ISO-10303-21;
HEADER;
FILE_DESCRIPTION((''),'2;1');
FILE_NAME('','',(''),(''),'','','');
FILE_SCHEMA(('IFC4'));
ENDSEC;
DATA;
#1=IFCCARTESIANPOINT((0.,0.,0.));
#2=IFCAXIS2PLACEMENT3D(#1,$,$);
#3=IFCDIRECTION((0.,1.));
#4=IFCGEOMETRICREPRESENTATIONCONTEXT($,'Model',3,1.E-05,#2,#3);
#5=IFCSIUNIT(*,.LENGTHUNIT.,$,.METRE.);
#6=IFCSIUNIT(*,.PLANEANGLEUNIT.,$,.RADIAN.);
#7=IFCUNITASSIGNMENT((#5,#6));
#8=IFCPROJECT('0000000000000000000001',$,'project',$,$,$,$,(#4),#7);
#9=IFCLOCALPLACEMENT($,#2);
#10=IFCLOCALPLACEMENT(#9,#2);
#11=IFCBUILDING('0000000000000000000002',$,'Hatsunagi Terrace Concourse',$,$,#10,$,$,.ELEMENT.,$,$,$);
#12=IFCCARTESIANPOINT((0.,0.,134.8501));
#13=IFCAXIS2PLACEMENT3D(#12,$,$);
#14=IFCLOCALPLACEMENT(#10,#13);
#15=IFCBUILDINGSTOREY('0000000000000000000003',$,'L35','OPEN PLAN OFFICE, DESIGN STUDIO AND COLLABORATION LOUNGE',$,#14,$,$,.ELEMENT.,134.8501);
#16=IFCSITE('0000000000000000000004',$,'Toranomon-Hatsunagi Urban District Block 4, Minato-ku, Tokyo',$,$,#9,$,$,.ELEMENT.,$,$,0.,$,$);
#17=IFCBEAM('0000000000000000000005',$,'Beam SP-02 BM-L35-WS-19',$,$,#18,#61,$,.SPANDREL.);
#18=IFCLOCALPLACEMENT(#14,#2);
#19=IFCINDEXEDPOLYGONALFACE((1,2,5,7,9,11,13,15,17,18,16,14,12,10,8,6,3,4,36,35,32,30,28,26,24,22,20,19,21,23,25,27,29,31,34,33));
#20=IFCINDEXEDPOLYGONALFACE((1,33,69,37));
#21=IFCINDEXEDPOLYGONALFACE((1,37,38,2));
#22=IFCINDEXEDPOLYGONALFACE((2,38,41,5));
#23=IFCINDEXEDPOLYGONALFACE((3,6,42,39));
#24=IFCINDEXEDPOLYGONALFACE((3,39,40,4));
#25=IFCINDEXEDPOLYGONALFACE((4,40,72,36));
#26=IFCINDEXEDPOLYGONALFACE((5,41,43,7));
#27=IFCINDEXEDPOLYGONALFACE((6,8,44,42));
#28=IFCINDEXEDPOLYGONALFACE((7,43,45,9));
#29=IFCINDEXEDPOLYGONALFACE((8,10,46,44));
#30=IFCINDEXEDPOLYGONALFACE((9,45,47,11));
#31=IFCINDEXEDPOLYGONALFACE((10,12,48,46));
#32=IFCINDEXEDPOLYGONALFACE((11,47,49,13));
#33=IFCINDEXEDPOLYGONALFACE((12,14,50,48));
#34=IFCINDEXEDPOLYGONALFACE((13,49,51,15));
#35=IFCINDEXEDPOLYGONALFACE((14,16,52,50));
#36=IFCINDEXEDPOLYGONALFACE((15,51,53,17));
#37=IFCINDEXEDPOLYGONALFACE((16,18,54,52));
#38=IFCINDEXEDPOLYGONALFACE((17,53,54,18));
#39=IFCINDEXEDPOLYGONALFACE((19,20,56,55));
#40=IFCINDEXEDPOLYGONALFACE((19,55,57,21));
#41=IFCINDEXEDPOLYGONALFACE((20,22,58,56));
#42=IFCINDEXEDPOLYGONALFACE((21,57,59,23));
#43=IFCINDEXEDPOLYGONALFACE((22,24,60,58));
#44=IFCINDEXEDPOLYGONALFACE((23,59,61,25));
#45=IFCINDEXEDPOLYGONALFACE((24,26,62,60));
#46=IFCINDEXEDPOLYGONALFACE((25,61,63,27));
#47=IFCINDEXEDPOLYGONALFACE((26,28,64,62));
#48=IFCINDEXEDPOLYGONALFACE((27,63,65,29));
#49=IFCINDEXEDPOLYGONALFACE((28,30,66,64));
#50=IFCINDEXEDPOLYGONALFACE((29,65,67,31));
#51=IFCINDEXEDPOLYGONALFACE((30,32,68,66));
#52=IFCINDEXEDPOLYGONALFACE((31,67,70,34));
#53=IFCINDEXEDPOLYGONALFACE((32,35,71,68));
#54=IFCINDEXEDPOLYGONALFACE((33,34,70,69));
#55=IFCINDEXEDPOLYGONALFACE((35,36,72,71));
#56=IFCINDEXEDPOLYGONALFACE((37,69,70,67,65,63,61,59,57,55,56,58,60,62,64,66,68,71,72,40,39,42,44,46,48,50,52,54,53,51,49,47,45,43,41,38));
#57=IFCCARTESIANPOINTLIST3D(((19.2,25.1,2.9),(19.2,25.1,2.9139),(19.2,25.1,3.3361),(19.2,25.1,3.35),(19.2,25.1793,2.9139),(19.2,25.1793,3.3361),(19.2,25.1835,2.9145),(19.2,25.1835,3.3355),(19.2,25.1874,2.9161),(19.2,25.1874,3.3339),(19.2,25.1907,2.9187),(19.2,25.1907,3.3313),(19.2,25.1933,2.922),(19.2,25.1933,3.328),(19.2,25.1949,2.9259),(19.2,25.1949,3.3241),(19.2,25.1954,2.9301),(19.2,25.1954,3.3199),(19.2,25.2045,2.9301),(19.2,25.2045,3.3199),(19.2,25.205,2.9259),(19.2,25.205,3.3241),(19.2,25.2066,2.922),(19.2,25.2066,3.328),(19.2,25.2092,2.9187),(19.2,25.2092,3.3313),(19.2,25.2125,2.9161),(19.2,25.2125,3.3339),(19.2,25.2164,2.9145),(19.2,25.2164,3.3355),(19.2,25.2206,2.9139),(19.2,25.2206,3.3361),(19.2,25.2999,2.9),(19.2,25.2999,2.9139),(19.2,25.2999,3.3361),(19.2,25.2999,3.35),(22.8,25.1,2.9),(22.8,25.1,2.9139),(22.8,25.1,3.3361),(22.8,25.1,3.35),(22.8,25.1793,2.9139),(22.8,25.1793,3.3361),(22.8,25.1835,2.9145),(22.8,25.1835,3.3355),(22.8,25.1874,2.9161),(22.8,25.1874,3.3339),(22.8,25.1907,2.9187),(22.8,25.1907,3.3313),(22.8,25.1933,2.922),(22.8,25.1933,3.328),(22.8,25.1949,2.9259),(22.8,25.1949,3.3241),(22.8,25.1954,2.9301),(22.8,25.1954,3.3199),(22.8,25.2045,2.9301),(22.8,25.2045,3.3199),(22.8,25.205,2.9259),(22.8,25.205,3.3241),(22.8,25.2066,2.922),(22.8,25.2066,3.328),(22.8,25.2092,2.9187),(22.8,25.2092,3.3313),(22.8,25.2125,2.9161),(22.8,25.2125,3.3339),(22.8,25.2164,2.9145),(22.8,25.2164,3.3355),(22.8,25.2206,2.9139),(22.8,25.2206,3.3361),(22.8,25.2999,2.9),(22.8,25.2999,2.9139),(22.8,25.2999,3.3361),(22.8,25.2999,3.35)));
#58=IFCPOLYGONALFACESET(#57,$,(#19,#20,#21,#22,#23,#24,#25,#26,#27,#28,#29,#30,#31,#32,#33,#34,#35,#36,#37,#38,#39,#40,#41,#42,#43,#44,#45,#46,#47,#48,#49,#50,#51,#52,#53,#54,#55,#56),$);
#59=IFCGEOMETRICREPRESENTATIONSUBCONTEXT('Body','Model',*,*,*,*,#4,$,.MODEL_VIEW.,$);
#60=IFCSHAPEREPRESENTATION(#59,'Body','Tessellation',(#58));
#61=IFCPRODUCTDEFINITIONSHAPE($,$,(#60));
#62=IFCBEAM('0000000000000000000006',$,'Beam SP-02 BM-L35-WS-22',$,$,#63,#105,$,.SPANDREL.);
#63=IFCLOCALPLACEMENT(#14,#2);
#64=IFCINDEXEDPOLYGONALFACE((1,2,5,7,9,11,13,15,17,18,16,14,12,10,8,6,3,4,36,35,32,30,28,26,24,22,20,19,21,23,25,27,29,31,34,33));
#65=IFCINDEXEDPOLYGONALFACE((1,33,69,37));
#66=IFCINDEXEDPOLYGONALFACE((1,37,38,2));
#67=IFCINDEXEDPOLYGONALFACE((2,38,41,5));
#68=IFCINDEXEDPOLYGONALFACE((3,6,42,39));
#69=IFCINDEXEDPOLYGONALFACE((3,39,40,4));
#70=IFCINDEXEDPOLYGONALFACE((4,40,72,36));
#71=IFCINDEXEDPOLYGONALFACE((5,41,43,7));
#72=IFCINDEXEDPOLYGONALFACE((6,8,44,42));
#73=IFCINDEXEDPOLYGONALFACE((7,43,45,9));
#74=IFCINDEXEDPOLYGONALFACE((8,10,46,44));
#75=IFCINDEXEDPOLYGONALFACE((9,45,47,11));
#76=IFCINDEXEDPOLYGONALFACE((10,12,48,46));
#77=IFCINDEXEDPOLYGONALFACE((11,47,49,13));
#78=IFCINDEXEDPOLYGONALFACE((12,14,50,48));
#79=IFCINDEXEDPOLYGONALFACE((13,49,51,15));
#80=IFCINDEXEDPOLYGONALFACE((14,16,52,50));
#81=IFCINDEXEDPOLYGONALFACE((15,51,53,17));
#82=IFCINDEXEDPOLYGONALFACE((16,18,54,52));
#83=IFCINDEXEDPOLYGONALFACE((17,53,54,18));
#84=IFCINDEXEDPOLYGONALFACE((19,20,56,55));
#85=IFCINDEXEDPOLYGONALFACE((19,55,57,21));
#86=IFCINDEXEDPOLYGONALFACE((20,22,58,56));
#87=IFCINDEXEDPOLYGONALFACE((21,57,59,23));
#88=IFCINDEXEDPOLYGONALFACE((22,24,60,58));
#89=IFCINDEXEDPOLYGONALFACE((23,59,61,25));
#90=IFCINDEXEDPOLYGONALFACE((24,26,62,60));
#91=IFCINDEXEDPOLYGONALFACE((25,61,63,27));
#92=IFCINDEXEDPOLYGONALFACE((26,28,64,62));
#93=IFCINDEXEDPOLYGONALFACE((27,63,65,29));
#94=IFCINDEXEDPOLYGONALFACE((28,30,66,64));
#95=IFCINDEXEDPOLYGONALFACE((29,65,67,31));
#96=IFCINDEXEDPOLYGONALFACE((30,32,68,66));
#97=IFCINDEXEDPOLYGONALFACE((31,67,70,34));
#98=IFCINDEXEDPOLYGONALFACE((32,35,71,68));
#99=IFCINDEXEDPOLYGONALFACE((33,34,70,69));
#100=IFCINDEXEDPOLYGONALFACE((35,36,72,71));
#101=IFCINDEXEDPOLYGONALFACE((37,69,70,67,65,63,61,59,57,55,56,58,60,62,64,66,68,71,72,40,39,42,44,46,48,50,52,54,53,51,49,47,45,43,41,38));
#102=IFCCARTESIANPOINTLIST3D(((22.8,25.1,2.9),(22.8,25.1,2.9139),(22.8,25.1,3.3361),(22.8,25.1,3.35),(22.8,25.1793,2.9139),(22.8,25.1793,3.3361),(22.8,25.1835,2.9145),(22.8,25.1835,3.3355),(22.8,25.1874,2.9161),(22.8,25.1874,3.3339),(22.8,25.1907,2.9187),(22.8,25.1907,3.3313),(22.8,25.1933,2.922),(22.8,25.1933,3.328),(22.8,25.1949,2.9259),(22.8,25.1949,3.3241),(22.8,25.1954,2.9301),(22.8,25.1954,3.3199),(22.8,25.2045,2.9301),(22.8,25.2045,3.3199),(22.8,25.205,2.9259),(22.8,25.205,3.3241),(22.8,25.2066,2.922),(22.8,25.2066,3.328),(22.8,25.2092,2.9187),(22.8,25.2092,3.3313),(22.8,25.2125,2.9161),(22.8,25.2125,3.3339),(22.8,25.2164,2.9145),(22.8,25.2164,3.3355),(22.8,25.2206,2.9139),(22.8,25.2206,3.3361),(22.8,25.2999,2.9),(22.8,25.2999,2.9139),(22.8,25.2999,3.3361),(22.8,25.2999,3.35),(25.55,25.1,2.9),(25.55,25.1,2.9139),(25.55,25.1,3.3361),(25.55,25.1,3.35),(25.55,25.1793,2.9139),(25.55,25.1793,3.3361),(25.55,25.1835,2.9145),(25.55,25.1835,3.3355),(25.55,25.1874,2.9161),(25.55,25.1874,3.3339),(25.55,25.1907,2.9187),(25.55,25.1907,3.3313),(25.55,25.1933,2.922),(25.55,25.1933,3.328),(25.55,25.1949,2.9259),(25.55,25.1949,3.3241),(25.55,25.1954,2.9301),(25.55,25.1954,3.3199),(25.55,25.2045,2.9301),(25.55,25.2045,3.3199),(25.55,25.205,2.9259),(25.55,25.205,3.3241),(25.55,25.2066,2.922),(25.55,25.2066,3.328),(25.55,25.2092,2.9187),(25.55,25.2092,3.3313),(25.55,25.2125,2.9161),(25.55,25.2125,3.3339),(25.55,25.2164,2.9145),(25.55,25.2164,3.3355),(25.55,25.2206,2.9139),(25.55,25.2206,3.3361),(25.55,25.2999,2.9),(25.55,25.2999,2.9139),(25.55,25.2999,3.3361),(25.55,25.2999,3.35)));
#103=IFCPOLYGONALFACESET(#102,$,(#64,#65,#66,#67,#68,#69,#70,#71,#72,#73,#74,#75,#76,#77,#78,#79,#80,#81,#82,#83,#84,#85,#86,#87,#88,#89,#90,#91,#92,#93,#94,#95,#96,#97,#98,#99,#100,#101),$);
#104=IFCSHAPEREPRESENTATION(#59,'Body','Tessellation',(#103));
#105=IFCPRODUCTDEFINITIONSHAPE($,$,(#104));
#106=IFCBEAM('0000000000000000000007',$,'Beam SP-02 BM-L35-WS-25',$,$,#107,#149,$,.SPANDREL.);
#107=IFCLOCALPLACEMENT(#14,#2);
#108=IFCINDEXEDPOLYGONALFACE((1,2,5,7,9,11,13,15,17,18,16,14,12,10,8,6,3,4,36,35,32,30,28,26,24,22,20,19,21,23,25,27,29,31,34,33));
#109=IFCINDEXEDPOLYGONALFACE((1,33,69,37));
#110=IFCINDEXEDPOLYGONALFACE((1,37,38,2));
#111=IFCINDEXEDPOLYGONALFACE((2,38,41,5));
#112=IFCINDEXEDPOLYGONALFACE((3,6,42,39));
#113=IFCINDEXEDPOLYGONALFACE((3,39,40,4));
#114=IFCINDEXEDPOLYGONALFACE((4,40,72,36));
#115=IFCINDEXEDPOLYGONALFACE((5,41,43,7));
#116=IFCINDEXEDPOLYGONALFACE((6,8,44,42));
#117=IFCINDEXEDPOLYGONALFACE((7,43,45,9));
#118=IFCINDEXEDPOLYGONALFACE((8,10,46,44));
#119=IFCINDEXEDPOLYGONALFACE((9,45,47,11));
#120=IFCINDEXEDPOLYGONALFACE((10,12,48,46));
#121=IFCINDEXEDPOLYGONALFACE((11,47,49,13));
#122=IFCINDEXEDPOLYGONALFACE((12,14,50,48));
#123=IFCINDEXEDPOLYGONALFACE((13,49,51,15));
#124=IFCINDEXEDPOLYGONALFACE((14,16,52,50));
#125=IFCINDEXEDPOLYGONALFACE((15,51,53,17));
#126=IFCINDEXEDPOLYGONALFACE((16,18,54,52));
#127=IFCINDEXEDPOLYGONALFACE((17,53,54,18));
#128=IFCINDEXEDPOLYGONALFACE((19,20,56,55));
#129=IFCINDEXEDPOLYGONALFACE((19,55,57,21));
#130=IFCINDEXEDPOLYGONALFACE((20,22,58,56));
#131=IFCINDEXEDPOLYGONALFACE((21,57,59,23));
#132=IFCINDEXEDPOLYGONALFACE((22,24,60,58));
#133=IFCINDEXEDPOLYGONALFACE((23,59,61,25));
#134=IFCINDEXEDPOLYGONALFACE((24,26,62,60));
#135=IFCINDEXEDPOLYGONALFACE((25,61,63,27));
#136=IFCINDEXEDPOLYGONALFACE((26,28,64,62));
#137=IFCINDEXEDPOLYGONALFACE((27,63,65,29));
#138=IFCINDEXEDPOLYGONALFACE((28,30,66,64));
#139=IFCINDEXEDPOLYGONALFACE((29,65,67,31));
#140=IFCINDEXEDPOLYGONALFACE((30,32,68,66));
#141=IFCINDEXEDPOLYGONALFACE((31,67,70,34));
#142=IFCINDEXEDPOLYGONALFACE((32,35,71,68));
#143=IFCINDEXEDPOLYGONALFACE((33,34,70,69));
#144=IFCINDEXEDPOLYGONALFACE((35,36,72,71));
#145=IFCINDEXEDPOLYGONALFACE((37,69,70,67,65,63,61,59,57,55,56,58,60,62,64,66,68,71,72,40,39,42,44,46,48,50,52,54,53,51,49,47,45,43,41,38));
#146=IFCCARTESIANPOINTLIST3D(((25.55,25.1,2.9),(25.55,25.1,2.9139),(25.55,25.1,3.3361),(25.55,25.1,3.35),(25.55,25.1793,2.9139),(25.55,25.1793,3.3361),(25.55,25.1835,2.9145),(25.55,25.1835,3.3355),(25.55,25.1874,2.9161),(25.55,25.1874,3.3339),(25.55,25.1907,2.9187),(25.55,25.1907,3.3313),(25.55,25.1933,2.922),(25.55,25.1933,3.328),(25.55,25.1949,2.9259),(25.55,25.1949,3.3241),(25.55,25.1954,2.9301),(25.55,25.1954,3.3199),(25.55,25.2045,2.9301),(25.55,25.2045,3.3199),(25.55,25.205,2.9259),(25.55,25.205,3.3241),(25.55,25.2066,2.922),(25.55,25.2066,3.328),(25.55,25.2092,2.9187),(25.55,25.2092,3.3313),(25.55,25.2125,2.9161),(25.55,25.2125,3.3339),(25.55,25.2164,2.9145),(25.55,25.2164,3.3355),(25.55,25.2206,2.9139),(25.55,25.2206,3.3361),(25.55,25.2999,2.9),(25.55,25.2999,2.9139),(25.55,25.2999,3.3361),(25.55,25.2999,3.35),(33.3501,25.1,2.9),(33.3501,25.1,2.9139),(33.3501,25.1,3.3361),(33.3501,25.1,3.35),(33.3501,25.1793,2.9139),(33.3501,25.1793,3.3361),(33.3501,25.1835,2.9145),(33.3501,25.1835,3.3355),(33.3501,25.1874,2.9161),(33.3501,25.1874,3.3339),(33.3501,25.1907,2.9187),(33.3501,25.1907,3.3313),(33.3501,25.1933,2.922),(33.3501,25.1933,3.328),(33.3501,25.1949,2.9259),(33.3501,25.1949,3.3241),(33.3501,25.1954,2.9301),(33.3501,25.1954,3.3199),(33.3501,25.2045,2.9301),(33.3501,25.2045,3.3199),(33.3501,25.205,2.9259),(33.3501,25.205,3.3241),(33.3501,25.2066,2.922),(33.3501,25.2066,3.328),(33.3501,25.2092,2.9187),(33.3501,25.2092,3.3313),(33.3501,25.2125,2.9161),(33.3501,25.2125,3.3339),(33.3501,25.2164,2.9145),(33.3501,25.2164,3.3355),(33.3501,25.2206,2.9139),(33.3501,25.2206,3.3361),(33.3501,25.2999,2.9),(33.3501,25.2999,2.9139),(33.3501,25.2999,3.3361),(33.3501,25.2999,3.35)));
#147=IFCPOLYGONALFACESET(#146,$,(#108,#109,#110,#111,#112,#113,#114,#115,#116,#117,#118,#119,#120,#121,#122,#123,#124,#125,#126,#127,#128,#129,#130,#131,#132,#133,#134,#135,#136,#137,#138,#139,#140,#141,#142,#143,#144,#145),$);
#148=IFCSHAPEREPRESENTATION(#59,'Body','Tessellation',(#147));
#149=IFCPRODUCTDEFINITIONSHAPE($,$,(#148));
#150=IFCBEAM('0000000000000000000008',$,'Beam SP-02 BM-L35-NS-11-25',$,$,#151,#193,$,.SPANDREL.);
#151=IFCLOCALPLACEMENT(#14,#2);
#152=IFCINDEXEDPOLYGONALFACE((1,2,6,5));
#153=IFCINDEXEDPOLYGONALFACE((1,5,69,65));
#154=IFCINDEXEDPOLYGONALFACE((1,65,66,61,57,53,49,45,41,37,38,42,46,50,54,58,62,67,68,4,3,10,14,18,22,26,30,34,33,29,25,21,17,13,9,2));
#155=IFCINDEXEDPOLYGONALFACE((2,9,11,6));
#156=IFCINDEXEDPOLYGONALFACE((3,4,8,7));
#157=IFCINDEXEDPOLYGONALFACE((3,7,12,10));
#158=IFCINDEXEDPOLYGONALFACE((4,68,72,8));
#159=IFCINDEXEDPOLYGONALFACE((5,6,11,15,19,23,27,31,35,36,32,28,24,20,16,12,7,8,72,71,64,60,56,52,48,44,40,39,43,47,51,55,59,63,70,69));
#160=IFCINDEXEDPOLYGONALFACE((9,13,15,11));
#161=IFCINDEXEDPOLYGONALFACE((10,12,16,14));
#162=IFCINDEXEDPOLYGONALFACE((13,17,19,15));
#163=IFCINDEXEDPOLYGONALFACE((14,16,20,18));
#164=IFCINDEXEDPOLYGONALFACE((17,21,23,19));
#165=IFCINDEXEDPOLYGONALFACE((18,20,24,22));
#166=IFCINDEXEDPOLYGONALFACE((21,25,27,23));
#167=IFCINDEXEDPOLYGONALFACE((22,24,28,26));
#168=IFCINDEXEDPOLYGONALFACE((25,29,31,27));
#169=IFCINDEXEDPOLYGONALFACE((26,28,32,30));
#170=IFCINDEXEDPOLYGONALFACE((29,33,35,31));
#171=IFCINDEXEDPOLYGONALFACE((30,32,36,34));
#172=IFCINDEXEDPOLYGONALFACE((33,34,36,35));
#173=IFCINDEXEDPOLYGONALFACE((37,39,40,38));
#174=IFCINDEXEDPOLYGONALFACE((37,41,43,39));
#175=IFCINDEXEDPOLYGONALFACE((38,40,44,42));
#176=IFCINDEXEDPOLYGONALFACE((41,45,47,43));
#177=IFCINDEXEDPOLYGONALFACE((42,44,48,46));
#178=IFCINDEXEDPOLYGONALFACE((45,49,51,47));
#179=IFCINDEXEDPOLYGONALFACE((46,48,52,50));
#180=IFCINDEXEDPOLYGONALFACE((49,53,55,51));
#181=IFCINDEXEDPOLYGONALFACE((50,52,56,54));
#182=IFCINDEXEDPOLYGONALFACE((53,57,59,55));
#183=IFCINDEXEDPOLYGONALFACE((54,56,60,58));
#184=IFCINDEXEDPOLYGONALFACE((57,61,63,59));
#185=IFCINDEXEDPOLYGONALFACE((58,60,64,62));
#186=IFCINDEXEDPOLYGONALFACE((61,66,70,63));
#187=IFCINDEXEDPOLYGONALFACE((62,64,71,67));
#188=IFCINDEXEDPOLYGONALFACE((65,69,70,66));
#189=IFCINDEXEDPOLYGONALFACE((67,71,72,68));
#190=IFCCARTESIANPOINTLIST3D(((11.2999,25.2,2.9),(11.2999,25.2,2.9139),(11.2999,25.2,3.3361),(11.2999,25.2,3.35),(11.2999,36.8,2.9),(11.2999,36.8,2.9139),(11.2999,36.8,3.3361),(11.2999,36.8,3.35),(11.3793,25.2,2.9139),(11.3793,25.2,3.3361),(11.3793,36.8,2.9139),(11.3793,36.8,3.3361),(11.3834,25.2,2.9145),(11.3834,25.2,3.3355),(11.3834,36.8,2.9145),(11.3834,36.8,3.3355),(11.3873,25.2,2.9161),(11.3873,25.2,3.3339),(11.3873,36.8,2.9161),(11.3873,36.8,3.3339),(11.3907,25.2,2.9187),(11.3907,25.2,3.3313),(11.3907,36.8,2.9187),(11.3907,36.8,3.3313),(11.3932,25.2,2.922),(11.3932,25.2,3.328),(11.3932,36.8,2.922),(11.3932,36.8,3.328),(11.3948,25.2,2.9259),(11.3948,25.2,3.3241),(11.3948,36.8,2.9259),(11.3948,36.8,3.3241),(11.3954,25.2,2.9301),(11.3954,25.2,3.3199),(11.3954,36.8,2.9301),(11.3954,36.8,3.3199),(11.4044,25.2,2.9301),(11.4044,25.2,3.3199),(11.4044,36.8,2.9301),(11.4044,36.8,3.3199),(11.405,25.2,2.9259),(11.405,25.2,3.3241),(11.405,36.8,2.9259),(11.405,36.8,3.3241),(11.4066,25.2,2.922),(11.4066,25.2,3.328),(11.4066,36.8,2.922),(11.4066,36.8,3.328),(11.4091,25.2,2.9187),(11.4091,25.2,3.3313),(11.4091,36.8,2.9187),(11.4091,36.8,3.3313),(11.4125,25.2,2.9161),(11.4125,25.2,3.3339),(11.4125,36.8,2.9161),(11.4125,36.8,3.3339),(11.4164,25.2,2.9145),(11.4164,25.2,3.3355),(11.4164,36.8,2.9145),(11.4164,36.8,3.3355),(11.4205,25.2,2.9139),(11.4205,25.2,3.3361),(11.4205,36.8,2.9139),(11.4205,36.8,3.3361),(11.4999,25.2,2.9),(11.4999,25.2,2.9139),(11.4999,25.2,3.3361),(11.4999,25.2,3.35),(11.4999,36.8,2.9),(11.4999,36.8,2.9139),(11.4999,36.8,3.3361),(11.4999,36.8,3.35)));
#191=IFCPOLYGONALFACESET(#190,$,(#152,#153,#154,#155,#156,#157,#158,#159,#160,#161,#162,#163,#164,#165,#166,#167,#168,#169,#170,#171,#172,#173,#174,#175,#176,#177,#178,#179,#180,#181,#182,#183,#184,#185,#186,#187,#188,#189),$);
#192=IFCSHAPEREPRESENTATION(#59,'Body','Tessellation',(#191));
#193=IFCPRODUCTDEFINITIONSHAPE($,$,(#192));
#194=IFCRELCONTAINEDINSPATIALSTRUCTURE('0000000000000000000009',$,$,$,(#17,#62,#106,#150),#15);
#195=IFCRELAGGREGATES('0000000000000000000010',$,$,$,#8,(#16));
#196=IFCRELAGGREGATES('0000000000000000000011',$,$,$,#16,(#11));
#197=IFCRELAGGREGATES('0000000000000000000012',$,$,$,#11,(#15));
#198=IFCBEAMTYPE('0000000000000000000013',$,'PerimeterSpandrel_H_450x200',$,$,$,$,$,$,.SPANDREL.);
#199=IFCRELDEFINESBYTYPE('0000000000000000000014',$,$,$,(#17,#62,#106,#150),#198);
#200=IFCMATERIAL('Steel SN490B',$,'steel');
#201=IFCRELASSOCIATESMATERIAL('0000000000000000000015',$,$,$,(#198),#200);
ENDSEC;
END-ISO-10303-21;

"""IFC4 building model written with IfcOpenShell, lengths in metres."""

from ifc_helpers import new_model, si_unit, direction, frame, origin, origin_2d, place, context, subcontext, project, spatial, i_section, extrude, material, material_profile, profile_set, type_object, element, save


model = new_model("IFC4")

# Units and contexts
model_context = context("Model", 3, precision=1e-05, world=origin(), true_north=direction((0.0, 1.0)))
body_context = subcontext(model_context, "Body", "Model", "MODEL_VIEW")
ifc_project = project(units=[si_unit("LENGTHUNIT", "METRE"), si_unit("PLANEANGLEUNIT", "RADIAN")], contexts=[model_context])

# Site, building, storey
site_placement = place(None, origin())
site = spatial("IfcSite", under=ifc_project, at=site_placement, Name="Toranomon-Hatsunagi Urban District Block 4, Minato-ku, Tokyo", CompositionType="ELEMENT", RefElevation=0.0)
building_placement = place(site_placement, origin())
building = spatial("IfcBuilding", under=site, at=building_placement, Name="Hatsunagi Terrace Concourse", CompositionType="ELEMENT")
storey_placement = place(building_placement, frame((0.0, 0.0, 134.8501)))
storey = spatial("IfcBuildingStorey", under=building, at=storey_placement, Name="L35", Description="OPEN PLAN OFFICE, DESIGN STUDIO AND COLLABORATION LOUNGE", CompositionType="ELEMENT", Elevation=134.8501)

# Beams
ifc_material_1 = material(Name="Steel SN490B", Category="steel")
ifc_material_profile_1 = material_profile(ifc_material_1, i_section(OverallWidth=0.2, OverallDepth=0.45, WebThickness=0.009, FlangeThickness=0.0139, FilletRadius=0.0161, at=origin_2d()), Name="H-450x200x9x14")
ifc_profile_set_1 = profile_set([ifc_material_profile_1], Name="Steel SN490B")
beam_type_1 = type_object("IfcBeamType", Name="PerimeterSpandrel_H_450x200", PredefinedType="SPANDREL", material=ifc_profile_set_1)
beam_1_placement = place(storey_placement, frame((19.2, 25.2, 3.125), z_axis=(1.0, 0.0, 0.0), x_axis=(0.0, 1.0, 0.0)))
element("IfcBeam", 1, at=beam_1_placement, inside=storey, type_object=beam_type_1, Name="Beam SP-02 BM-L35-WS-19", PredefinedType="SPANDREL", context=body_context, shape_type="SweptSolid", body=[
    extrude(i_section(OverallWidth=0.2, OverallDepth=0.45, WebThickness=0.009, FlangeThickness=0.0139, FilletRadius=0.0161, at=origin_2d()), origin(), (0.0, 0.0, 1.0), 3.6001),
])
beam_2_placement = place(storey_placement, frame((22.8, 25.2, 3.125), z_axis=(1.0, 0.0, 0.0), x_axis=(0.0, 1.0, 0.0)))
element("IfcBeam", 2, at=beam_2_placement, inside=storey, type_object=beam_type_1, Name="Beam SP-02 BM-L35-WS-22", PredefinedType="SPANDREL", context=body_context, shape_type="SweptSolid", body=[
    extrude(i_section(OverallWidth=0.2, OverallDepth=0.45, WebThickness=0.009, FlangeThickness=0.0139, FilletRadius=0.0161, at=origin_2d()), origin(), (0.0, 0.0, 1.0), 2.75),
])
beam_3_placement = place(storey_placement, frame((25.55, 25.2, 3.125), z_axis=(1.0, 0.0, 0.0), x_axis=(0.0, 1.0, 0.0)))
element("IfcBeam", 3, at=beam_3_placement, inside=storey, type_object=beam_type_1, Name="Beam SP-02 BM-L35-WS-25", PredefinedType="SPANDREL", context=body_context, shape_type="SweptSolid", body=[
    extrude(i_section(OverallWidth=0.2, OverallDepth=0.45, WebThickness=0.009, FlangeThickness=0.0139, FilletRadius=0.0161, at=origin_2d()), origin(), (0.0, 0.0, 1.0), 7.8),
])
beam_4_placement = place(storey_placement, frame((11.3999, 25.2, 3.125), z_axis=(0.0, 1.0, 0.0), x_axis=(-1.0, 0.0, 0.0)))
element("IfcBeam", 4, at=beam_4_placement, inside=storey, type_object=beam_type_1, Name="Beam SP-02 BM-L35-NS-11-25", PredefinedType="SPANDREL", context=body_context, shape_type="SweptSolid", body=[
    extrude(i_section(OverallWidth=0.2, OverallDepth=0.45, WebThickness=0.009, FlangeThickness=0.0139, FilletRadius=0.0161, at=origin_2d()), origin(), (0.0, 0.0, 1.0), 11.6001),
])

save(model, "model.ifc")
